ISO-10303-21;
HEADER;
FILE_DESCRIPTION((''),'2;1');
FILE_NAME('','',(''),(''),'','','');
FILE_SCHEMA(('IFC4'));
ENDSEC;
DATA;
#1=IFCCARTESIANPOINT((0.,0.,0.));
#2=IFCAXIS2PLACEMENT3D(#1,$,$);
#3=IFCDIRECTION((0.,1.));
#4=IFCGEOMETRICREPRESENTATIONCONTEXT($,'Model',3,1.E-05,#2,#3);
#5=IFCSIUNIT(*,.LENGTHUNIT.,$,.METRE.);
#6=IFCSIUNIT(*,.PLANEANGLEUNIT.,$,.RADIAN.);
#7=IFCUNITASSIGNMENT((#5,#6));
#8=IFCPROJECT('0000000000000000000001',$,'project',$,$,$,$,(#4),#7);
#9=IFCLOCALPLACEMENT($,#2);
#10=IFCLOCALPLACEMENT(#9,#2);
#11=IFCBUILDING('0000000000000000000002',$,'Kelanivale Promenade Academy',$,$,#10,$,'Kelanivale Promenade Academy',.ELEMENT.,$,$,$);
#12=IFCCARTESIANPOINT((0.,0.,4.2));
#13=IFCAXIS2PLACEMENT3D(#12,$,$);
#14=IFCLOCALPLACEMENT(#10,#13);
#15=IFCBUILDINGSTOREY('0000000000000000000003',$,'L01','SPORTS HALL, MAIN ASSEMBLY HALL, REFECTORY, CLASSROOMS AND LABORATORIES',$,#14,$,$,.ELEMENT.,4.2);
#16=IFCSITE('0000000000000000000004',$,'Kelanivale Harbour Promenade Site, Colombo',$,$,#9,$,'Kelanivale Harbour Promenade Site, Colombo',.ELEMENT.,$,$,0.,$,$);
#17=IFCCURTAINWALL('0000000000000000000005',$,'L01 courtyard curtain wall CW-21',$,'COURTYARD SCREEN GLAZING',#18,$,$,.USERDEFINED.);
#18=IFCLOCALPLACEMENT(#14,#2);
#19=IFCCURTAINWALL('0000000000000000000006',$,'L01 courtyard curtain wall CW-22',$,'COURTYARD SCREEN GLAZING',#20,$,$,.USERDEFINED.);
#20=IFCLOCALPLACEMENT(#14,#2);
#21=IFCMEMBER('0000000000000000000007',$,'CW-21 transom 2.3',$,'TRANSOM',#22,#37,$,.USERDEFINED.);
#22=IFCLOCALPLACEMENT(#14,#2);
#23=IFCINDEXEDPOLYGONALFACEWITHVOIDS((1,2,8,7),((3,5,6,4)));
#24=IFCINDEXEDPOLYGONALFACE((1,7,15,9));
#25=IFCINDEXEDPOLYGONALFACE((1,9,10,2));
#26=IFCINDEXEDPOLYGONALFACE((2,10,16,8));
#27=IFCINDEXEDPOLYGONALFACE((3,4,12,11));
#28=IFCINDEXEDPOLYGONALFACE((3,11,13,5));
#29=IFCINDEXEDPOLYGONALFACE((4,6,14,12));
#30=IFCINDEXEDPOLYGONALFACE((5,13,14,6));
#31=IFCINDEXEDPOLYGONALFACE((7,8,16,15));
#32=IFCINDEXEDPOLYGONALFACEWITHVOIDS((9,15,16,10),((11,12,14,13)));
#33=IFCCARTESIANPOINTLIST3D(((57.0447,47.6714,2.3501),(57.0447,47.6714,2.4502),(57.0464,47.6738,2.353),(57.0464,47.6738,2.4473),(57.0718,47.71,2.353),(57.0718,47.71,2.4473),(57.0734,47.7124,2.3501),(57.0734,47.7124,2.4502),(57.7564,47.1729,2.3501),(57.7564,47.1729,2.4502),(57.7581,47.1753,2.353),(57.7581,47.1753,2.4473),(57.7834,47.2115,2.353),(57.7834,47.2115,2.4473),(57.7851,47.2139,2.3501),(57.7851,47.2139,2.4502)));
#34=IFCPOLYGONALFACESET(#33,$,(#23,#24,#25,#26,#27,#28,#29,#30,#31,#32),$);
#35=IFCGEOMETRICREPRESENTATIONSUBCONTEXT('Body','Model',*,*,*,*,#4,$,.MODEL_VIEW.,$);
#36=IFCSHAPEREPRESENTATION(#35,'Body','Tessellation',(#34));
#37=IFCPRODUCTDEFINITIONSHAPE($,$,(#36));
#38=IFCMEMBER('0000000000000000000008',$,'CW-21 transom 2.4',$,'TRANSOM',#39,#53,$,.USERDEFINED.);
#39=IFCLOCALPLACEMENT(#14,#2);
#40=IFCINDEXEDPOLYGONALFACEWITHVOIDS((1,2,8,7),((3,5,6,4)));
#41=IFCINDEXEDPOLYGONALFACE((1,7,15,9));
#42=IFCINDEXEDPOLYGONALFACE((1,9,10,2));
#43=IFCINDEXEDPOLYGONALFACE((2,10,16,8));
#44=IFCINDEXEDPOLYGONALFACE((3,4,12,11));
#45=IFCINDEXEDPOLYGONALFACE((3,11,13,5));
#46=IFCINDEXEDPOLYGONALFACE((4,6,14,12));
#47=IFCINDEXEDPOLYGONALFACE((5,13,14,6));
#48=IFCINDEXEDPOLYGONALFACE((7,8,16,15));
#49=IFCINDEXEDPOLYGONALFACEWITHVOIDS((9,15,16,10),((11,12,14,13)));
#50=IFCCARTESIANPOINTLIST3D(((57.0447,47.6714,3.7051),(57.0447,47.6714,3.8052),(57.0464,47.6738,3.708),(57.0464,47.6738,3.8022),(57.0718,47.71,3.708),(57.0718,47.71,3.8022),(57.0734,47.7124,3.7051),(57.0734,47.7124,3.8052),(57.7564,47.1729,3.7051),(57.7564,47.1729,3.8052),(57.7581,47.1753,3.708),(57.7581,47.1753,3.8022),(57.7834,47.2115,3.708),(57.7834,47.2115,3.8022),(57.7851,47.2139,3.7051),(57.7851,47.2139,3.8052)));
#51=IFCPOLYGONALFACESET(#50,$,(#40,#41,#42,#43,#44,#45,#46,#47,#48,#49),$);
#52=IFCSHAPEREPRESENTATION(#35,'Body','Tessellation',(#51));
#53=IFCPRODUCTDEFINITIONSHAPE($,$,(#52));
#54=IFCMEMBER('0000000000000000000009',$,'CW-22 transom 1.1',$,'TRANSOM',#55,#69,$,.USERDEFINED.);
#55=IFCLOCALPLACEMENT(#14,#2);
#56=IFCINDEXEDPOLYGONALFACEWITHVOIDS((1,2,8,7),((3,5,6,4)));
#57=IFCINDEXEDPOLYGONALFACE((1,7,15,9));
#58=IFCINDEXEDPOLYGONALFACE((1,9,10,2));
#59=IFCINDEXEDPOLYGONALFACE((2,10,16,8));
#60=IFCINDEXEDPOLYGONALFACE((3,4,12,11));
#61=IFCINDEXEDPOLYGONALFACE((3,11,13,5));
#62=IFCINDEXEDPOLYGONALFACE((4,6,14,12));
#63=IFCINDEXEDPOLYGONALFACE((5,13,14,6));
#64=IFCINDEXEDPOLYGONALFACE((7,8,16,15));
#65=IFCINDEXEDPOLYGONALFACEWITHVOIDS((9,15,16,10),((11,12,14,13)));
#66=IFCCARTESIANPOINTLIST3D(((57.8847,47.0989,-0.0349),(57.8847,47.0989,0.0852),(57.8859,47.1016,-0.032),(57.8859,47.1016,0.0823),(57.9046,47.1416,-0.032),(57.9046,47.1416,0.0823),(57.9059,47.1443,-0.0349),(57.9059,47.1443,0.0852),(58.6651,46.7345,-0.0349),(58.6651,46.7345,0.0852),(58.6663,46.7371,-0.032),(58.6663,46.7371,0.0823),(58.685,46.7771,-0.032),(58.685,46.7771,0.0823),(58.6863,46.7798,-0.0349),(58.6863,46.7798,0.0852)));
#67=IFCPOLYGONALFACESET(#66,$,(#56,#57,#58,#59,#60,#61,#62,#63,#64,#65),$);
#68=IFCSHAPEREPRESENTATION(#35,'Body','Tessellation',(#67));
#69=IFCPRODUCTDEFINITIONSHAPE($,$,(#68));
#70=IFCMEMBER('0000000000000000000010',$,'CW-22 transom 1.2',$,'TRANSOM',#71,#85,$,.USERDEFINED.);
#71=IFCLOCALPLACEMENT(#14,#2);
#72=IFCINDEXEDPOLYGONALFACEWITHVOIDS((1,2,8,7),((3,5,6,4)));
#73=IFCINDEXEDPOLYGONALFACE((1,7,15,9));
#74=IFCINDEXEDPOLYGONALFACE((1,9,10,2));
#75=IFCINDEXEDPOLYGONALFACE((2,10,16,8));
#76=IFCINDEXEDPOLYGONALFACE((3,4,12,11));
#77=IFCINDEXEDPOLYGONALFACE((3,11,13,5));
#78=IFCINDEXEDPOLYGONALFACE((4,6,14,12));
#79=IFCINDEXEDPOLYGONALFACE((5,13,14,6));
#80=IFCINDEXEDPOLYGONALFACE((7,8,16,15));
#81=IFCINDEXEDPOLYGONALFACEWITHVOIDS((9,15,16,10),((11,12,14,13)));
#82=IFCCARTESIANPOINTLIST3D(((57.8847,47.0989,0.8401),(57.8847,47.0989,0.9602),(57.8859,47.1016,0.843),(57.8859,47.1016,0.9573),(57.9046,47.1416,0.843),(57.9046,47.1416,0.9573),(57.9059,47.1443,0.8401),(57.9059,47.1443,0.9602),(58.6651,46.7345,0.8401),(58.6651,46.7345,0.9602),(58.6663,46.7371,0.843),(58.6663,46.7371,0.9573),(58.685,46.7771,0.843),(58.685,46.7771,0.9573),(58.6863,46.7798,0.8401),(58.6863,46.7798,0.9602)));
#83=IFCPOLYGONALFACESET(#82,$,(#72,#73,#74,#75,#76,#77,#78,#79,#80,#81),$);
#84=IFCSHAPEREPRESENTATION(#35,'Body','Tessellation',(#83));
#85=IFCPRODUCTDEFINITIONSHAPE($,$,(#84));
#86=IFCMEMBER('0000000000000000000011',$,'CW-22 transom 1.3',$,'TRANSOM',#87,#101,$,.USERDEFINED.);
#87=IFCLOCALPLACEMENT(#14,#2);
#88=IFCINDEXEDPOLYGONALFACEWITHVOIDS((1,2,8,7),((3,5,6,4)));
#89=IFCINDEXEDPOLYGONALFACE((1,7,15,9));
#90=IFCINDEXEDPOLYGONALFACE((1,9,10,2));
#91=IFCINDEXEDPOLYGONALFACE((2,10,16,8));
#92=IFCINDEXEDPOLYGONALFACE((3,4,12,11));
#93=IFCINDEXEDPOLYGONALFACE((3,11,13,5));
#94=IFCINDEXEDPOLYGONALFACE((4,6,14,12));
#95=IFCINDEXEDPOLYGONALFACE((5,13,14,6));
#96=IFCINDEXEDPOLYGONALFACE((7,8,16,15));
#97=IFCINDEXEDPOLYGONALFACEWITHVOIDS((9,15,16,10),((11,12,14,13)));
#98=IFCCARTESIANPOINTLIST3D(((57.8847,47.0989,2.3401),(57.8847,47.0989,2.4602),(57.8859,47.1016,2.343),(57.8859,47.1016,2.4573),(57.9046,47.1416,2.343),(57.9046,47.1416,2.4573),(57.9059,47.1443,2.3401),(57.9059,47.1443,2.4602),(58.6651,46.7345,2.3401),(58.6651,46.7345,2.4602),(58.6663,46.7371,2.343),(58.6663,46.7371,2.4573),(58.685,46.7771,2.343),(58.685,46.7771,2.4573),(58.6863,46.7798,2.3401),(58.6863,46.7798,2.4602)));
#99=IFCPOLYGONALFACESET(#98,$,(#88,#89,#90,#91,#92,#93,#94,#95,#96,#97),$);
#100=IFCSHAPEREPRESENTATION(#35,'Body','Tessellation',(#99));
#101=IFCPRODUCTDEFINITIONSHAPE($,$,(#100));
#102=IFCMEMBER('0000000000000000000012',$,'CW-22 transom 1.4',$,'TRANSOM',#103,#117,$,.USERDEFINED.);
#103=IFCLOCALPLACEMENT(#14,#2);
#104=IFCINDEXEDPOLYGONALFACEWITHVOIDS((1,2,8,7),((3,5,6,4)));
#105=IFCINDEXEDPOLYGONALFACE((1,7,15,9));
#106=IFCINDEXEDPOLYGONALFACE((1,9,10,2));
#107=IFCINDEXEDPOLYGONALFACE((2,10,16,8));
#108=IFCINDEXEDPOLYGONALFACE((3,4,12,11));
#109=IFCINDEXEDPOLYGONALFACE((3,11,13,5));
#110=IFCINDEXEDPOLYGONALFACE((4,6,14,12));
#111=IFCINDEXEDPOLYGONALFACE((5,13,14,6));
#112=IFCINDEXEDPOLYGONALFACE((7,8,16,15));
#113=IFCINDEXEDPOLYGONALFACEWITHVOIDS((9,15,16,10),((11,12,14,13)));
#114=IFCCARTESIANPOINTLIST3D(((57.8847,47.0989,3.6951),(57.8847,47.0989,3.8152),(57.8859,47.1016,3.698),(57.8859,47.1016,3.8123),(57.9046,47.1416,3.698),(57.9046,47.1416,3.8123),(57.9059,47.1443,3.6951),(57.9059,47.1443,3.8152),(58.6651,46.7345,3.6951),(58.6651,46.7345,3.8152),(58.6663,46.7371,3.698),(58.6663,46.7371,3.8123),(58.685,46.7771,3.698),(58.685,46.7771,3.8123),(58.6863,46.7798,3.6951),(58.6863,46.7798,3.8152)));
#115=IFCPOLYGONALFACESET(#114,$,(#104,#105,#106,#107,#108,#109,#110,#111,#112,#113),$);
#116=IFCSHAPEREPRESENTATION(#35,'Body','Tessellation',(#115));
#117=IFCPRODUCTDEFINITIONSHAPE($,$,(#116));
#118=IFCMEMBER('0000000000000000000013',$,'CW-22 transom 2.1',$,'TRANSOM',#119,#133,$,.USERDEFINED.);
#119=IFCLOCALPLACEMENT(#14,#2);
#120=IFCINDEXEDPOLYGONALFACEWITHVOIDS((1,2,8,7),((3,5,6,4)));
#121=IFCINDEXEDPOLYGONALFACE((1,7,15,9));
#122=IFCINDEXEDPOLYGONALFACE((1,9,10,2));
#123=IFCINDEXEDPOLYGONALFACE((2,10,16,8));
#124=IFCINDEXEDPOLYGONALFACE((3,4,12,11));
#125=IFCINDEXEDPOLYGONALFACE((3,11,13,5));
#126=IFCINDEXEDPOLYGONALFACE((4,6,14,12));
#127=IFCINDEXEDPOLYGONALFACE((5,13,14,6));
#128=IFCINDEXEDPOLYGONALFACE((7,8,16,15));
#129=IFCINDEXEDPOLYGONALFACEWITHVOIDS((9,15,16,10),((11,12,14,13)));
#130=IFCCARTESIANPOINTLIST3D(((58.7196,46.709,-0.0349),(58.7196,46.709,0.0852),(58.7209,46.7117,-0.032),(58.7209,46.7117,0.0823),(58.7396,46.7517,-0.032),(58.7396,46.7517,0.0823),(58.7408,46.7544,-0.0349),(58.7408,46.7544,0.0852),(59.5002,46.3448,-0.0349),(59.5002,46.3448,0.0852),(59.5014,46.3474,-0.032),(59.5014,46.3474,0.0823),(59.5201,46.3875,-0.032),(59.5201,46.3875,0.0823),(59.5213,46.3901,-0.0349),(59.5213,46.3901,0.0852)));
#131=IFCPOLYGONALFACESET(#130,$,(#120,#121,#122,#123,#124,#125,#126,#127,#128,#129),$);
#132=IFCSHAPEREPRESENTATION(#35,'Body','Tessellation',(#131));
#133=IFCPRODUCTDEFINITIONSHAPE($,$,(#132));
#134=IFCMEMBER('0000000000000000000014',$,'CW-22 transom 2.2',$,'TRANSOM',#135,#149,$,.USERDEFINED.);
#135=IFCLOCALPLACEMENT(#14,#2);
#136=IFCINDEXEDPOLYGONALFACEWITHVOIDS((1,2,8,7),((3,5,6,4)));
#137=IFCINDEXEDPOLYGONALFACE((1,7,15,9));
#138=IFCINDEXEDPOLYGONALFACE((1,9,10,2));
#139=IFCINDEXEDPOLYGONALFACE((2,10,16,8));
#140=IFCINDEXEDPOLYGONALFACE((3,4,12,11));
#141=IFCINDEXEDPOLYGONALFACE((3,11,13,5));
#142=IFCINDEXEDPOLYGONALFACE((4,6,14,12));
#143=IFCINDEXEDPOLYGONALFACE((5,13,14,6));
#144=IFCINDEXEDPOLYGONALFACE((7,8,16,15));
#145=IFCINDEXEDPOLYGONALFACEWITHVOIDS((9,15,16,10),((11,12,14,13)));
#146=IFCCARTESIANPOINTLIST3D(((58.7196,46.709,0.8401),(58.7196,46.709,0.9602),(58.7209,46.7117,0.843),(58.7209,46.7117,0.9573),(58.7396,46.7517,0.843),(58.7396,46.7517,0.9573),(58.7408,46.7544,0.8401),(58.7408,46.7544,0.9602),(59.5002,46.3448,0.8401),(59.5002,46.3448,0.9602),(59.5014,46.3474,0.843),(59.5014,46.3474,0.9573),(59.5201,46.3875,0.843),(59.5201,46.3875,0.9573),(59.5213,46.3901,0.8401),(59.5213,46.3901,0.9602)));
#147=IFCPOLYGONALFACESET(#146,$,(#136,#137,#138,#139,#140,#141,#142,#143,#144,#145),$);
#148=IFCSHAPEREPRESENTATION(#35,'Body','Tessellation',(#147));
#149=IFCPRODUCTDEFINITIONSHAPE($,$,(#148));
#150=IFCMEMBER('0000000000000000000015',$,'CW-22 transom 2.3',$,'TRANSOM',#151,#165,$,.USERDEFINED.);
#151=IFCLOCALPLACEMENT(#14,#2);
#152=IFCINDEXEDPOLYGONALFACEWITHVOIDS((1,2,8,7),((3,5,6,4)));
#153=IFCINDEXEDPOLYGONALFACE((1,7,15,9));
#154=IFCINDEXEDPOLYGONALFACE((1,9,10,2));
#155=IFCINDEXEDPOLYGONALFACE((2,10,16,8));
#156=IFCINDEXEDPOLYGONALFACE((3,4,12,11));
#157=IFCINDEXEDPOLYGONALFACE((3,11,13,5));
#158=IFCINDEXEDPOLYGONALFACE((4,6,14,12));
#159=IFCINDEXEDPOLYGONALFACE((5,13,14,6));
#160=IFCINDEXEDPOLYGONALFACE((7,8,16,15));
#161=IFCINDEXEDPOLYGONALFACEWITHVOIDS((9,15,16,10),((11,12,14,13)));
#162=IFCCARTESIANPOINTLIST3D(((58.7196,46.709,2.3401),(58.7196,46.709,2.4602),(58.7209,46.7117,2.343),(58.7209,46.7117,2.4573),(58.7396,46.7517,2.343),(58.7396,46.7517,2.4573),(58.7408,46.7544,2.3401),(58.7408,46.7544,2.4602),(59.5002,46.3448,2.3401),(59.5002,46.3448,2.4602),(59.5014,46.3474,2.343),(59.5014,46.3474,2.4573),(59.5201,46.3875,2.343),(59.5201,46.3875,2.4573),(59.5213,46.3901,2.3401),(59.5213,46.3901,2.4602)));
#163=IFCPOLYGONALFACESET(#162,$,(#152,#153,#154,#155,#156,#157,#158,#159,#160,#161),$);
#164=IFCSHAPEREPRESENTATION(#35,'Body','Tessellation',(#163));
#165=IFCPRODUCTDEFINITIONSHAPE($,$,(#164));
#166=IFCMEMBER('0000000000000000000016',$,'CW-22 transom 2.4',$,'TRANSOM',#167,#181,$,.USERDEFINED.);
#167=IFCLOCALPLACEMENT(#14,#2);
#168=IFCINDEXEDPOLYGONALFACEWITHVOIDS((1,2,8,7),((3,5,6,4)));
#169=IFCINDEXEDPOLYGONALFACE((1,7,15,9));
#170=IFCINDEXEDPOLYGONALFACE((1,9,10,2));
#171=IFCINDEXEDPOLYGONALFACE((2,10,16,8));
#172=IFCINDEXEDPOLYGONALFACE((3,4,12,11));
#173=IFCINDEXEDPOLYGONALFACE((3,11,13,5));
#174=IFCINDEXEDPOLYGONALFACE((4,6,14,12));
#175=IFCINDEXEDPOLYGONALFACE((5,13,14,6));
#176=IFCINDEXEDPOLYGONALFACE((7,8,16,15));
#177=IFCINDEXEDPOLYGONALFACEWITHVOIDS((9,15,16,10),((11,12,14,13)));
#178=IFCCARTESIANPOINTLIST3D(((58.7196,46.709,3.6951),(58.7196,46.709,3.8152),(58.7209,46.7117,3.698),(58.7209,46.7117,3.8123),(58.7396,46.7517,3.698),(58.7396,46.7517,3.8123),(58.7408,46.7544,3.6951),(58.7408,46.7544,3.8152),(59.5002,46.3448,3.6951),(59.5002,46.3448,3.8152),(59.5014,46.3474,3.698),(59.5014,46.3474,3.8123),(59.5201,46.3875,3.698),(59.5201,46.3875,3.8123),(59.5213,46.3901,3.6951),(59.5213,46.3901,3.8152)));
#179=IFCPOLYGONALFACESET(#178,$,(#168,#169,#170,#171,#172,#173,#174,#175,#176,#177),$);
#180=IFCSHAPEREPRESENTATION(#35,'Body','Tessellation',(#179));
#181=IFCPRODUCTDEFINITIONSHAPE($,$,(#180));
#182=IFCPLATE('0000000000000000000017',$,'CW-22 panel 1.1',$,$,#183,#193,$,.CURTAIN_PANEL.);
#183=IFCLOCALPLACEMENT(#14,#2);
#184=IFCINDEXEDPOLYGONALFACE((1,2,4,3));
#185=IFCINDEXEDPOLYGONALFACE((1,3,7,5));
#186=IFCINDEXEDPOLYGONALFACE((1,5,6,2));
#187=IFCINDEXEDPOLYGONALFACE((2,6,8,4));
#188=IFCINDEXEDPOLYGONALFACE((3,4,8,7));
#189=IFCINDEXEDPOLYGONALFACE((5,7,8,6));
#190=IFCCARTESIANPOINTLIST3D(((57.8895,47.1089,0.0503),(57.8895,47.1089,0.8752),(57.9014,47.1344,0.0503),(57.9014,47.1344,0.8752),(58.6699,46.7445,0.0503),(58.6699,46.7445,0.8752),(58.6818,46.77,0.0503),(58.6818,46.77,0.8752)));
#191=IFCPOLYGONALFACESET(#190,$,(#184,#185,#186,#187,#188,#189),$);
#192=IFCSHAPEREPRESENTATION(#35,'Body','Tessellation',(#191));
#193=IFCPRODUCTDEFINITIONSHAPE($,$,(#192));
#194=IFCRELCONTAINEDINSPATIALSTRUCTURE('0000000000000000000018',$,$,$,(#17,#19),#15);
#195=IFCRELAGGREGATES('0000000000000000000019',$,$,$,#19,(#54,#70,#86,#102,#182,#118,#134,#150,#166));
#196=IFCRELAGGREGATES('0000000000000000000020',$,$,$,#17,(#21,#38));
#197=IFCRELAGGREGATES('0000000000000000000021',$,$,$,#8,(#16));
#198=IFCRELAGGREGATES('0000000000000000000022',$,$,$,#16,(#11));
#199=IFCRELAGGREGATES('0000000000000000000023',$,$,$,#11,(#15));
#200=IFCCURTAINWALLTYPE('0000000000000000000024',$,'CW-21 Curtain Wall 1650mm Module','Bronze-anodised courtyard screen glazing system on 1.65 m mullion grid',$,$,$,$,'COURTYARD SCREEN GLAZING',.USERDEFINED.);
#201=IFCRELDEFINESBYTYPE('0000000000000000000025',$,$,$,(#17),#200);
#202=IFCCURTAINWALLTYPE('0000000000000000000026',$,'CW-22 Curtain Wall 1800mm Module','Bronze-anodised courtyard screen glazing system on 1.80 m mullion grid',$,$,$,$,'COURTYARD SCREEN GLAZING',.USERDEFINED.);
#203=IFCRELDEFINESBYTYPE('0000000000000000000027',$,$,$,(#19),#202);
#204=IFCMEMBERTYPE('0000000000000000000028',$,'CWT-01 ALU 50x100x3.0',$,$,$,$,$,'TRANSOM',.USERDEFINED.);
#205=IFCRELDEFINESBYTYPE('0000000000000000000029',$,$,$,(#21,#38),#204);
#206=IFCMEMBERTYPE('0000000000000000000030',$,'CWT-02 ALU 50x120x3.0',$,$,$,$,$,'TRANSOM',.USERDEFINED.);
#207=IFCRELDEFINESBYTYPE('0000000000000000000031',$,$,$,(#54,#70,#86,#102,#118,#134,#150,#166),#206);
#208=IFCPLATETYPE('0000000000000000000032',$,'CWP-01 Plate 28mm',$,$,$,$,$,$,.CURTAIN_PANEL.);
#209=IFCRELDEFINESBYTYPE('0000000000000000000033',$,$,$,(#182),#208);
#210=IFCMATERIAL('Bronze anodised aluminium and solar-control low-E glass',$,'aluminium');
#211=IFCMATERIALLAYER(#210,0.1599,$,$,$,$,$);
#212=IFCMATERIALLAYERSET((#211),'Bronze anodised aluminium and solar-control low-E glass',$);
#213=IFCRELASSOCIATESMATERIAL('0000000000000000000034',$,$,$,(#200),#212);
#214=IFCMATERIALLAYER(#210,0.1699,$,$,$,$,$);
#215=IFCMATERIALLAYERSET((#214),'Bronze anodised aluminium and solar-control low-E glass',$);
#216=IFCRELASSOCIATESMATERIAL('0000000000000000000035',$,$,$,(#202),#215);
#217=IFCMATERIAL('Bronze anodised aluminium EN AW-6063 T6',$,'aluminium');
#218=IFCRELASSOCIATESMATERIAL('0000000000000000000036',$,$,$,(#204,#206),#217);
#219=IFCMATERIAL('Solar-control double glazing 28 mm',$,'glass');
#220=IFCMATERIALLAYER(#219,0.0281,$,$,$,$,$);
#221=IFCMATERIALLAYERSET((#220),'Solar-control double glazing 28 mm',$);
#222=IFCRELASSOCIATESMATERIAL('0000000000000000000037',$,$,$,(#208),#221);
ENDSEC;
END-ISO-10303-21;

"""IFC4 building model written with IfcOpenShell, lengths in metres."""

from ifc_helpers import new_model, si_unit, direction, frame, origin, origin_2d, place, context, subcontext, project, spatial, rectangle, hollow_rectangle, extrude, material, layer, layer_set, material_profile, profile_set, type_object, element, aggregate, save


model = new_model("IFC4")

# Units and contexts
model_context = context("Model", 3, precision=1e-05, world=origin(), true_north=direction((0.0, 1.0)))
body_context = subcontext(model_context, "Body", "Model", "MODEL_VIEW")
ifc_project = project(units=[si_unit("LENGTHUNIT", "METRE"), si_unit("PLANEANGLEUNIT", "RADIAN")], contexts=[model_context])

# Site, building, storey
site_placement = place(None, origin())
site = spatial("IfcSite", under=ifc_project, at=site_placement, Name="Kelanivale Harbour Promenade Site, Colombo", LongName="Kelanivale Harbour Promenade Site, Colombo", CompositionType="ELEMENT", RefElevation=0.0)
building_placement = place(site_placement, origin())
building = spatial("IfcBuilding", under=site, at=building_placement, Name="Kelanivale Promenade Academy", LongName="Kelanivale Promenade Academy", CompositionType="ELEMENT")
storey_placement = place(building_placement, frame((0.0, 0.0, 4.2)))
storey = spatial("IfcBuildingStorey", under=building, at=storey_placement, Name="L01", Description="SPORTS HALL, MAIN ASSEMBLY HALL, REFECTORY, CLASSROOMS AND LABORATORIES", CompositionType="ELEMENT", Elevation=4.2)

# Curtain walls
ifc_material_1 = material(Name="Bronze anodised aluminium and solar-control low-E glass", Category="aluminium")
ifc_layer_1 = layer(ifc_material_1, 0.1599)
ifc_layer_set_1 = layer_set([ifc_layer_1], Name="Bronze anodised aluminium and solar-control low-E glass")
curtain_wall_type_1 = type_object("IfcCurtainWallType", Name="CW-21 Curtain Wall 1650mm Module", Description="Bronze-anodised courtyard screen glazing system on 1.65 m mullion grid", ElementType="COURTYARD SCREEN GLAZING", PredefinedType="USERDEFINED", material=ifc_layer_set_1)
curtain_wall_1_placement = place(storey_placement, origin())
curtain_wall_1 = element("IfcCurtainWall", 1, at=curtain_wall_1_placement, inside=storey, type_object=curtain_wall_type_1, Name="L01 courtyard curtain wall CW-21", ObjectType="COURTYARD SCREEN GLAZING", PredefinedType="USERDEFINED")
ifc_material_2 = material(Name="Bronze anodised aluminium EN AW-6063 T6", Category="aluminium")
ifc_layer_2 = layer(ifc_material_1, 0.1699)
ifc_layer_set_2 = layer_set([ifc_layer_2], Name="Bronze anodised aluminium and solar-control low-E glass")
curtain_wall_type_2 = type_object("IfcCurtainWallType", Name="CW-22 Curtain Wall 1800mm Module", Description="Bronze-anodised courtyard screen glazing system on 1.80 m mullion grid", ElementType="COURTYARD SCREEN GLAZING", PredefinedType="USERDEFINED", material=ifc_layer_set_2)
curtain_wall_2_placement = place(storey_placement, origin())
curtain_wall_2 = element("IfcCurtainWall", 2, at=curtain_wall_2_placement, inside=storey, type_object=curtain_wall_type_2, Name="L01 courtyard curtain wall CW-22", ObjectType="COURTYARD SCREEN GLAZING", PredefinedType="USERDEFINED")

# Members
ifc_material_profile_1 = material_profile(ifc_material_2, hollow_rectangle(XDim=0.05, YDim=0.1001, WallThickness=0.0029, at=origin_2d()), Name="ALU 50x100x3.0")
ifc_profile_set_1 = profile_set([ifc_material_profile_1], Name="Bronze anodised aluminium EN AW-6063 T6")
member_type_1 = type_object("IfcMemberType", Name="CWT-01 ALU 50x100x3.0", ElementType="TRANSOM", PredefinedType="USERDEFINED", material=ifc_profile_set_1)
member_1_placement = place(storey_placement, frame((57.0591, 47.6919, 2.4001), z_axis=(0.819034, -0.573745, 0.0), x_axis=(0.573745, 0.819034, 0.0)))
member_1 = element("IfcMember", 3, at=member_1_placement, type_object=member_type_1, Name="CW-21 transom 2.3", ObjectType="TRANSOM", PredefinedType="USERDEFINED", context=body_context, shape_type="SweptSolid", body=[
    extrude(hollow_rectangle(XDim=0.05, YDim=0.1001, WallThickness=0.0029, at=origin_2d()), origin(), (0.0, 0.0, 1.0), 0.8689),
])
member_2_placement = place(storey_placement, frame((57.0591, 47.6919, 3.7551), z_axis=(0.819034, -0.573745, 0.0), x_axis=(0.573745, 0.819034, 0.0)))
member_2 = element("IfcMember", 4, at=member_2_placement, type_object=member_type_1, Name="CW-21 transom 2.4", ObjectType="TRANSOM", PredefinedType="USERDEFINED", context=body_context, shape_type="SweptSolid", body=[
    extrude(hollow_rectangle(XDim=0.05, YDim=0.1001, WallThickness=0.0029, at=origin_2d()), origin(), (0.0, 0.0, 1.0), 0.8689),
])
ifc_material_profile_2 = material_profile(ifc_material_2, hollow_rectangle(XDim=0.05, YDim=0.1201, WallThickness=0.0029, at=origin_2d()), Name="ALU 50x120x3.0")
ifc_profile_set_2 = profile_set([ifc_material_profile_2], Name="Bronze anodised aluminium EN AW-6063 T6")
member_type_2 = type_object("IfcMemberType", Name="CWT-02 ALU 50x120x3.0", ElementType="TRANSOM", PredefinedType="USERDEFINED", material=ifc_profile_set_2)
member_3_placement = place(storey_placement, frame((57.8953, 47.1216, 0.0251), z_axis=(0.906067, -0.423134, 0.0), x_axis=(0.423134, 0.906067, 0.0)))
member_3 = element("IfcMember", 5, at=member_3_placement, type_object=member_type_2, Name="CW-22 transom 1.1", ObjectType="TRANSOM", PredefinedType="USERDEFINED", context=body_context, shape_type="SweptSolid", body=[
    extrude(hollow_rectangle(XDim=0.05, YDim=0.1201, WallThickness=0.0029, at=origin_2d()), origin(), (0.0, 0.0, 1.0), 0.8613),
])
member_4_placement = place(storey_placement, frame((57.8953, 47.1216, 0.9001), z_axis=(0.906067, -0.423134, 0.0), x_axis=(0.423134, 0.906067, 0.0)))
member_4 = element("IfcMember", 6, at=member_4_placement, type_object=member_type_2, Name="CW-22 transom 1.2", ObjectType="TRANSOM", PredefinedType="USERDEFINED", context=body_context, shape_type="SweptSolid", body=[
    extrude(hollow_rectangle(XDim=0.05, YDim=0.1201, WallThickness=0.0029, at=origin_2d()), origin(), (0.0, 0.0, 1.0), 0.8613),
])
member_5_placement = place(storey_placement, frame((57.8953, 47.1216, 2.4001), z_axis=(0.906067, -0.423134, 0.0), x_axis=(0.423134, 0.906067, 0.0)))
member_5 = element("IfcMember", 7, at=member_5_placement, type_object=member_type_2, Name="CW-22 transom 1.3", ObjectType="TRANSOM", PredefinedType="USERDEFINED", context=body_context, shape_type="SweptSolid", body=[
    extrude(hollow_rectangle(XDim=0.05, YDim=0.1201, WallThickness=0.0029, at=origin_2d()), origin(), (0.0, 0.0, 1.0), 0.8613),
])
member_6_placement = place(storey_placement, frame((57.8953, 47.1216, 3.7551), z_axis=(0.906067, -0.423134, 0.0), x_axis=(0.423134, 0.906067, 0.0)))
member_6 = element("IfcMember", 8, at=member_6_placement, type_object=member_type_2, Name="CW-22 transom 1.4", ObjectType="TRANSOM", PredefinedType="USERDEFINED", context=body_context, shape_type="SweptSolid", body=[
    extrude(hollow_rectangle(XDim=0.05, YDim=0.1201, WallThickness=0.0029, at=origin_2d()), origin(), (0.0, 0.0, 1.0), 0.8613),
])
member_7_placement = place(storey_placement, frame((58.7302, 46.7317, 0.0251), z_axis=(0.906176, -0.422901, 0.0), x_axis=(0.422901, 0.906176, 0.0)))
member_7 = element("IfcMember", 9, at=member_7_placement, type_object=member_type_2, Name="CW-22 transom 2.1", ObjectType="TRANSOM", PredefinedType="USERDEFINED", context=body_context, shape_type="SweptSolid", body=[
    extrude(hollow_rectangle(XDim=0.05, YDim=0.1201, WallThickness=0.0029, at=origin_2d()), origin(), (0.0, 0.0, 1.0), 0.8613),
])
member_8_placement = place(storey_placement, frame((58.7302, 46.7317, 0.9001), z_axis=(0.906176, -0.422901, 0.0), x_axis=(0.422901, 0.906176, 0.0)))
member_8 = element("IfcMember", 10, at=member_8_placement, type_object=member_type_2, Name="CW-22 transom 2.2", ObjectType="TRANSOM", PredefinedType="USERDEFINED", context=body_context, shape_type="SweptSolid", body=[
    extrude(hollow_rectangle(XDim=0.05, YDim=0.1201, WallThickness=0.0029, at=origin_2d()), origin(), (0.0, 0.0, 1.0), 0.8613),
])
member_9_placement = place(storey_placement, frame((58.7302, 46.7317, 2.4001), z_axis=(0.906176, -0.422901, 0.0), x_axis=(0.422901, 0.906176, 0.0)))
member_9 = element("IfcMember", 11, at=member_9_placement, type_object=member_type_2, Name="CW-22 transom 2.3", ObjectType="TRANSOM", PredefinedType="USERDEFINED", context=body_context, shape_type="SweptSolid", body=[
    extrude(hollow_rectangle(XDim=0.05, YDim=0.1201, WallThickness=0.0029, at=origin_2d()), origin(), (0.0, 0.0, 1.0), 0.8613),
])
member_10_placement = place(storey_placement, frame((58.7302, 46.7317, 3.7551), z_axis=(0.906176, -0.422901, 0.0), x_axis=(0.422901, 0.906176, 0.0)))
member_10 = element("IfcMember", 12, at=member_10_placement, type_object=member_type_2, Name="CW-22 transom 2.4", ObjectType="TRANSOM", PredefinedType="USERDEFINED", context=body_context, shape_type="SweptSolid", body=[
    extrude(hollow_rectangle(XDim=0.05, YDim=0.1201, WallThickness=0.0029, at=origin_2d()), origin(), (0.0, 0.0, 1.0), 0.8613),
])

# Plate
ifc_material_3 = material(Name="Solar-control double glazing 28 mm", Category="glass")
ifc_layer_3 = layer(ifc_material_3, 0.0281)
ifc_layer_set_3 = layer_set([ifc_layer_3], Name="Solar-control double glazing 28 mm")
plate_type_1 = type_object("IfcPlateType", Name="CWP-01 Plate 28mm", PredefinedType="CURTAIN_PANEL", material=ifc_layer_set_3)
plate_1_placement = place(storey_placement, frame((58.2856, 46.9395, 0.0503), z_axis=(0.0, 0.0, 1.0), x_axis=(0.906089, -0.423087, 0.0)))
plate_1 = element("IfcPlate", 13, at=plate_1_placement, type_object=plate_type_1, Name="CW-22 panel 1.1", PredefinedType="CURTAIN_PANEL", context=body_context, shape_type="SweptSolid", body=[
    extrude(rectangle(XDim=0.8613, YDim=0.0281, at=origin_2d()), origin(), (0.0, 0.0, 1.0), 0.825),
])
aggregate(curtain_wall_2, [member_3, member_4, member_5, member_6, plate_1, member_7, member_8, member_9, member_10])
aggregate(curtain_wall_1, [member_1, member_2])

save(model, "model.ifc")
